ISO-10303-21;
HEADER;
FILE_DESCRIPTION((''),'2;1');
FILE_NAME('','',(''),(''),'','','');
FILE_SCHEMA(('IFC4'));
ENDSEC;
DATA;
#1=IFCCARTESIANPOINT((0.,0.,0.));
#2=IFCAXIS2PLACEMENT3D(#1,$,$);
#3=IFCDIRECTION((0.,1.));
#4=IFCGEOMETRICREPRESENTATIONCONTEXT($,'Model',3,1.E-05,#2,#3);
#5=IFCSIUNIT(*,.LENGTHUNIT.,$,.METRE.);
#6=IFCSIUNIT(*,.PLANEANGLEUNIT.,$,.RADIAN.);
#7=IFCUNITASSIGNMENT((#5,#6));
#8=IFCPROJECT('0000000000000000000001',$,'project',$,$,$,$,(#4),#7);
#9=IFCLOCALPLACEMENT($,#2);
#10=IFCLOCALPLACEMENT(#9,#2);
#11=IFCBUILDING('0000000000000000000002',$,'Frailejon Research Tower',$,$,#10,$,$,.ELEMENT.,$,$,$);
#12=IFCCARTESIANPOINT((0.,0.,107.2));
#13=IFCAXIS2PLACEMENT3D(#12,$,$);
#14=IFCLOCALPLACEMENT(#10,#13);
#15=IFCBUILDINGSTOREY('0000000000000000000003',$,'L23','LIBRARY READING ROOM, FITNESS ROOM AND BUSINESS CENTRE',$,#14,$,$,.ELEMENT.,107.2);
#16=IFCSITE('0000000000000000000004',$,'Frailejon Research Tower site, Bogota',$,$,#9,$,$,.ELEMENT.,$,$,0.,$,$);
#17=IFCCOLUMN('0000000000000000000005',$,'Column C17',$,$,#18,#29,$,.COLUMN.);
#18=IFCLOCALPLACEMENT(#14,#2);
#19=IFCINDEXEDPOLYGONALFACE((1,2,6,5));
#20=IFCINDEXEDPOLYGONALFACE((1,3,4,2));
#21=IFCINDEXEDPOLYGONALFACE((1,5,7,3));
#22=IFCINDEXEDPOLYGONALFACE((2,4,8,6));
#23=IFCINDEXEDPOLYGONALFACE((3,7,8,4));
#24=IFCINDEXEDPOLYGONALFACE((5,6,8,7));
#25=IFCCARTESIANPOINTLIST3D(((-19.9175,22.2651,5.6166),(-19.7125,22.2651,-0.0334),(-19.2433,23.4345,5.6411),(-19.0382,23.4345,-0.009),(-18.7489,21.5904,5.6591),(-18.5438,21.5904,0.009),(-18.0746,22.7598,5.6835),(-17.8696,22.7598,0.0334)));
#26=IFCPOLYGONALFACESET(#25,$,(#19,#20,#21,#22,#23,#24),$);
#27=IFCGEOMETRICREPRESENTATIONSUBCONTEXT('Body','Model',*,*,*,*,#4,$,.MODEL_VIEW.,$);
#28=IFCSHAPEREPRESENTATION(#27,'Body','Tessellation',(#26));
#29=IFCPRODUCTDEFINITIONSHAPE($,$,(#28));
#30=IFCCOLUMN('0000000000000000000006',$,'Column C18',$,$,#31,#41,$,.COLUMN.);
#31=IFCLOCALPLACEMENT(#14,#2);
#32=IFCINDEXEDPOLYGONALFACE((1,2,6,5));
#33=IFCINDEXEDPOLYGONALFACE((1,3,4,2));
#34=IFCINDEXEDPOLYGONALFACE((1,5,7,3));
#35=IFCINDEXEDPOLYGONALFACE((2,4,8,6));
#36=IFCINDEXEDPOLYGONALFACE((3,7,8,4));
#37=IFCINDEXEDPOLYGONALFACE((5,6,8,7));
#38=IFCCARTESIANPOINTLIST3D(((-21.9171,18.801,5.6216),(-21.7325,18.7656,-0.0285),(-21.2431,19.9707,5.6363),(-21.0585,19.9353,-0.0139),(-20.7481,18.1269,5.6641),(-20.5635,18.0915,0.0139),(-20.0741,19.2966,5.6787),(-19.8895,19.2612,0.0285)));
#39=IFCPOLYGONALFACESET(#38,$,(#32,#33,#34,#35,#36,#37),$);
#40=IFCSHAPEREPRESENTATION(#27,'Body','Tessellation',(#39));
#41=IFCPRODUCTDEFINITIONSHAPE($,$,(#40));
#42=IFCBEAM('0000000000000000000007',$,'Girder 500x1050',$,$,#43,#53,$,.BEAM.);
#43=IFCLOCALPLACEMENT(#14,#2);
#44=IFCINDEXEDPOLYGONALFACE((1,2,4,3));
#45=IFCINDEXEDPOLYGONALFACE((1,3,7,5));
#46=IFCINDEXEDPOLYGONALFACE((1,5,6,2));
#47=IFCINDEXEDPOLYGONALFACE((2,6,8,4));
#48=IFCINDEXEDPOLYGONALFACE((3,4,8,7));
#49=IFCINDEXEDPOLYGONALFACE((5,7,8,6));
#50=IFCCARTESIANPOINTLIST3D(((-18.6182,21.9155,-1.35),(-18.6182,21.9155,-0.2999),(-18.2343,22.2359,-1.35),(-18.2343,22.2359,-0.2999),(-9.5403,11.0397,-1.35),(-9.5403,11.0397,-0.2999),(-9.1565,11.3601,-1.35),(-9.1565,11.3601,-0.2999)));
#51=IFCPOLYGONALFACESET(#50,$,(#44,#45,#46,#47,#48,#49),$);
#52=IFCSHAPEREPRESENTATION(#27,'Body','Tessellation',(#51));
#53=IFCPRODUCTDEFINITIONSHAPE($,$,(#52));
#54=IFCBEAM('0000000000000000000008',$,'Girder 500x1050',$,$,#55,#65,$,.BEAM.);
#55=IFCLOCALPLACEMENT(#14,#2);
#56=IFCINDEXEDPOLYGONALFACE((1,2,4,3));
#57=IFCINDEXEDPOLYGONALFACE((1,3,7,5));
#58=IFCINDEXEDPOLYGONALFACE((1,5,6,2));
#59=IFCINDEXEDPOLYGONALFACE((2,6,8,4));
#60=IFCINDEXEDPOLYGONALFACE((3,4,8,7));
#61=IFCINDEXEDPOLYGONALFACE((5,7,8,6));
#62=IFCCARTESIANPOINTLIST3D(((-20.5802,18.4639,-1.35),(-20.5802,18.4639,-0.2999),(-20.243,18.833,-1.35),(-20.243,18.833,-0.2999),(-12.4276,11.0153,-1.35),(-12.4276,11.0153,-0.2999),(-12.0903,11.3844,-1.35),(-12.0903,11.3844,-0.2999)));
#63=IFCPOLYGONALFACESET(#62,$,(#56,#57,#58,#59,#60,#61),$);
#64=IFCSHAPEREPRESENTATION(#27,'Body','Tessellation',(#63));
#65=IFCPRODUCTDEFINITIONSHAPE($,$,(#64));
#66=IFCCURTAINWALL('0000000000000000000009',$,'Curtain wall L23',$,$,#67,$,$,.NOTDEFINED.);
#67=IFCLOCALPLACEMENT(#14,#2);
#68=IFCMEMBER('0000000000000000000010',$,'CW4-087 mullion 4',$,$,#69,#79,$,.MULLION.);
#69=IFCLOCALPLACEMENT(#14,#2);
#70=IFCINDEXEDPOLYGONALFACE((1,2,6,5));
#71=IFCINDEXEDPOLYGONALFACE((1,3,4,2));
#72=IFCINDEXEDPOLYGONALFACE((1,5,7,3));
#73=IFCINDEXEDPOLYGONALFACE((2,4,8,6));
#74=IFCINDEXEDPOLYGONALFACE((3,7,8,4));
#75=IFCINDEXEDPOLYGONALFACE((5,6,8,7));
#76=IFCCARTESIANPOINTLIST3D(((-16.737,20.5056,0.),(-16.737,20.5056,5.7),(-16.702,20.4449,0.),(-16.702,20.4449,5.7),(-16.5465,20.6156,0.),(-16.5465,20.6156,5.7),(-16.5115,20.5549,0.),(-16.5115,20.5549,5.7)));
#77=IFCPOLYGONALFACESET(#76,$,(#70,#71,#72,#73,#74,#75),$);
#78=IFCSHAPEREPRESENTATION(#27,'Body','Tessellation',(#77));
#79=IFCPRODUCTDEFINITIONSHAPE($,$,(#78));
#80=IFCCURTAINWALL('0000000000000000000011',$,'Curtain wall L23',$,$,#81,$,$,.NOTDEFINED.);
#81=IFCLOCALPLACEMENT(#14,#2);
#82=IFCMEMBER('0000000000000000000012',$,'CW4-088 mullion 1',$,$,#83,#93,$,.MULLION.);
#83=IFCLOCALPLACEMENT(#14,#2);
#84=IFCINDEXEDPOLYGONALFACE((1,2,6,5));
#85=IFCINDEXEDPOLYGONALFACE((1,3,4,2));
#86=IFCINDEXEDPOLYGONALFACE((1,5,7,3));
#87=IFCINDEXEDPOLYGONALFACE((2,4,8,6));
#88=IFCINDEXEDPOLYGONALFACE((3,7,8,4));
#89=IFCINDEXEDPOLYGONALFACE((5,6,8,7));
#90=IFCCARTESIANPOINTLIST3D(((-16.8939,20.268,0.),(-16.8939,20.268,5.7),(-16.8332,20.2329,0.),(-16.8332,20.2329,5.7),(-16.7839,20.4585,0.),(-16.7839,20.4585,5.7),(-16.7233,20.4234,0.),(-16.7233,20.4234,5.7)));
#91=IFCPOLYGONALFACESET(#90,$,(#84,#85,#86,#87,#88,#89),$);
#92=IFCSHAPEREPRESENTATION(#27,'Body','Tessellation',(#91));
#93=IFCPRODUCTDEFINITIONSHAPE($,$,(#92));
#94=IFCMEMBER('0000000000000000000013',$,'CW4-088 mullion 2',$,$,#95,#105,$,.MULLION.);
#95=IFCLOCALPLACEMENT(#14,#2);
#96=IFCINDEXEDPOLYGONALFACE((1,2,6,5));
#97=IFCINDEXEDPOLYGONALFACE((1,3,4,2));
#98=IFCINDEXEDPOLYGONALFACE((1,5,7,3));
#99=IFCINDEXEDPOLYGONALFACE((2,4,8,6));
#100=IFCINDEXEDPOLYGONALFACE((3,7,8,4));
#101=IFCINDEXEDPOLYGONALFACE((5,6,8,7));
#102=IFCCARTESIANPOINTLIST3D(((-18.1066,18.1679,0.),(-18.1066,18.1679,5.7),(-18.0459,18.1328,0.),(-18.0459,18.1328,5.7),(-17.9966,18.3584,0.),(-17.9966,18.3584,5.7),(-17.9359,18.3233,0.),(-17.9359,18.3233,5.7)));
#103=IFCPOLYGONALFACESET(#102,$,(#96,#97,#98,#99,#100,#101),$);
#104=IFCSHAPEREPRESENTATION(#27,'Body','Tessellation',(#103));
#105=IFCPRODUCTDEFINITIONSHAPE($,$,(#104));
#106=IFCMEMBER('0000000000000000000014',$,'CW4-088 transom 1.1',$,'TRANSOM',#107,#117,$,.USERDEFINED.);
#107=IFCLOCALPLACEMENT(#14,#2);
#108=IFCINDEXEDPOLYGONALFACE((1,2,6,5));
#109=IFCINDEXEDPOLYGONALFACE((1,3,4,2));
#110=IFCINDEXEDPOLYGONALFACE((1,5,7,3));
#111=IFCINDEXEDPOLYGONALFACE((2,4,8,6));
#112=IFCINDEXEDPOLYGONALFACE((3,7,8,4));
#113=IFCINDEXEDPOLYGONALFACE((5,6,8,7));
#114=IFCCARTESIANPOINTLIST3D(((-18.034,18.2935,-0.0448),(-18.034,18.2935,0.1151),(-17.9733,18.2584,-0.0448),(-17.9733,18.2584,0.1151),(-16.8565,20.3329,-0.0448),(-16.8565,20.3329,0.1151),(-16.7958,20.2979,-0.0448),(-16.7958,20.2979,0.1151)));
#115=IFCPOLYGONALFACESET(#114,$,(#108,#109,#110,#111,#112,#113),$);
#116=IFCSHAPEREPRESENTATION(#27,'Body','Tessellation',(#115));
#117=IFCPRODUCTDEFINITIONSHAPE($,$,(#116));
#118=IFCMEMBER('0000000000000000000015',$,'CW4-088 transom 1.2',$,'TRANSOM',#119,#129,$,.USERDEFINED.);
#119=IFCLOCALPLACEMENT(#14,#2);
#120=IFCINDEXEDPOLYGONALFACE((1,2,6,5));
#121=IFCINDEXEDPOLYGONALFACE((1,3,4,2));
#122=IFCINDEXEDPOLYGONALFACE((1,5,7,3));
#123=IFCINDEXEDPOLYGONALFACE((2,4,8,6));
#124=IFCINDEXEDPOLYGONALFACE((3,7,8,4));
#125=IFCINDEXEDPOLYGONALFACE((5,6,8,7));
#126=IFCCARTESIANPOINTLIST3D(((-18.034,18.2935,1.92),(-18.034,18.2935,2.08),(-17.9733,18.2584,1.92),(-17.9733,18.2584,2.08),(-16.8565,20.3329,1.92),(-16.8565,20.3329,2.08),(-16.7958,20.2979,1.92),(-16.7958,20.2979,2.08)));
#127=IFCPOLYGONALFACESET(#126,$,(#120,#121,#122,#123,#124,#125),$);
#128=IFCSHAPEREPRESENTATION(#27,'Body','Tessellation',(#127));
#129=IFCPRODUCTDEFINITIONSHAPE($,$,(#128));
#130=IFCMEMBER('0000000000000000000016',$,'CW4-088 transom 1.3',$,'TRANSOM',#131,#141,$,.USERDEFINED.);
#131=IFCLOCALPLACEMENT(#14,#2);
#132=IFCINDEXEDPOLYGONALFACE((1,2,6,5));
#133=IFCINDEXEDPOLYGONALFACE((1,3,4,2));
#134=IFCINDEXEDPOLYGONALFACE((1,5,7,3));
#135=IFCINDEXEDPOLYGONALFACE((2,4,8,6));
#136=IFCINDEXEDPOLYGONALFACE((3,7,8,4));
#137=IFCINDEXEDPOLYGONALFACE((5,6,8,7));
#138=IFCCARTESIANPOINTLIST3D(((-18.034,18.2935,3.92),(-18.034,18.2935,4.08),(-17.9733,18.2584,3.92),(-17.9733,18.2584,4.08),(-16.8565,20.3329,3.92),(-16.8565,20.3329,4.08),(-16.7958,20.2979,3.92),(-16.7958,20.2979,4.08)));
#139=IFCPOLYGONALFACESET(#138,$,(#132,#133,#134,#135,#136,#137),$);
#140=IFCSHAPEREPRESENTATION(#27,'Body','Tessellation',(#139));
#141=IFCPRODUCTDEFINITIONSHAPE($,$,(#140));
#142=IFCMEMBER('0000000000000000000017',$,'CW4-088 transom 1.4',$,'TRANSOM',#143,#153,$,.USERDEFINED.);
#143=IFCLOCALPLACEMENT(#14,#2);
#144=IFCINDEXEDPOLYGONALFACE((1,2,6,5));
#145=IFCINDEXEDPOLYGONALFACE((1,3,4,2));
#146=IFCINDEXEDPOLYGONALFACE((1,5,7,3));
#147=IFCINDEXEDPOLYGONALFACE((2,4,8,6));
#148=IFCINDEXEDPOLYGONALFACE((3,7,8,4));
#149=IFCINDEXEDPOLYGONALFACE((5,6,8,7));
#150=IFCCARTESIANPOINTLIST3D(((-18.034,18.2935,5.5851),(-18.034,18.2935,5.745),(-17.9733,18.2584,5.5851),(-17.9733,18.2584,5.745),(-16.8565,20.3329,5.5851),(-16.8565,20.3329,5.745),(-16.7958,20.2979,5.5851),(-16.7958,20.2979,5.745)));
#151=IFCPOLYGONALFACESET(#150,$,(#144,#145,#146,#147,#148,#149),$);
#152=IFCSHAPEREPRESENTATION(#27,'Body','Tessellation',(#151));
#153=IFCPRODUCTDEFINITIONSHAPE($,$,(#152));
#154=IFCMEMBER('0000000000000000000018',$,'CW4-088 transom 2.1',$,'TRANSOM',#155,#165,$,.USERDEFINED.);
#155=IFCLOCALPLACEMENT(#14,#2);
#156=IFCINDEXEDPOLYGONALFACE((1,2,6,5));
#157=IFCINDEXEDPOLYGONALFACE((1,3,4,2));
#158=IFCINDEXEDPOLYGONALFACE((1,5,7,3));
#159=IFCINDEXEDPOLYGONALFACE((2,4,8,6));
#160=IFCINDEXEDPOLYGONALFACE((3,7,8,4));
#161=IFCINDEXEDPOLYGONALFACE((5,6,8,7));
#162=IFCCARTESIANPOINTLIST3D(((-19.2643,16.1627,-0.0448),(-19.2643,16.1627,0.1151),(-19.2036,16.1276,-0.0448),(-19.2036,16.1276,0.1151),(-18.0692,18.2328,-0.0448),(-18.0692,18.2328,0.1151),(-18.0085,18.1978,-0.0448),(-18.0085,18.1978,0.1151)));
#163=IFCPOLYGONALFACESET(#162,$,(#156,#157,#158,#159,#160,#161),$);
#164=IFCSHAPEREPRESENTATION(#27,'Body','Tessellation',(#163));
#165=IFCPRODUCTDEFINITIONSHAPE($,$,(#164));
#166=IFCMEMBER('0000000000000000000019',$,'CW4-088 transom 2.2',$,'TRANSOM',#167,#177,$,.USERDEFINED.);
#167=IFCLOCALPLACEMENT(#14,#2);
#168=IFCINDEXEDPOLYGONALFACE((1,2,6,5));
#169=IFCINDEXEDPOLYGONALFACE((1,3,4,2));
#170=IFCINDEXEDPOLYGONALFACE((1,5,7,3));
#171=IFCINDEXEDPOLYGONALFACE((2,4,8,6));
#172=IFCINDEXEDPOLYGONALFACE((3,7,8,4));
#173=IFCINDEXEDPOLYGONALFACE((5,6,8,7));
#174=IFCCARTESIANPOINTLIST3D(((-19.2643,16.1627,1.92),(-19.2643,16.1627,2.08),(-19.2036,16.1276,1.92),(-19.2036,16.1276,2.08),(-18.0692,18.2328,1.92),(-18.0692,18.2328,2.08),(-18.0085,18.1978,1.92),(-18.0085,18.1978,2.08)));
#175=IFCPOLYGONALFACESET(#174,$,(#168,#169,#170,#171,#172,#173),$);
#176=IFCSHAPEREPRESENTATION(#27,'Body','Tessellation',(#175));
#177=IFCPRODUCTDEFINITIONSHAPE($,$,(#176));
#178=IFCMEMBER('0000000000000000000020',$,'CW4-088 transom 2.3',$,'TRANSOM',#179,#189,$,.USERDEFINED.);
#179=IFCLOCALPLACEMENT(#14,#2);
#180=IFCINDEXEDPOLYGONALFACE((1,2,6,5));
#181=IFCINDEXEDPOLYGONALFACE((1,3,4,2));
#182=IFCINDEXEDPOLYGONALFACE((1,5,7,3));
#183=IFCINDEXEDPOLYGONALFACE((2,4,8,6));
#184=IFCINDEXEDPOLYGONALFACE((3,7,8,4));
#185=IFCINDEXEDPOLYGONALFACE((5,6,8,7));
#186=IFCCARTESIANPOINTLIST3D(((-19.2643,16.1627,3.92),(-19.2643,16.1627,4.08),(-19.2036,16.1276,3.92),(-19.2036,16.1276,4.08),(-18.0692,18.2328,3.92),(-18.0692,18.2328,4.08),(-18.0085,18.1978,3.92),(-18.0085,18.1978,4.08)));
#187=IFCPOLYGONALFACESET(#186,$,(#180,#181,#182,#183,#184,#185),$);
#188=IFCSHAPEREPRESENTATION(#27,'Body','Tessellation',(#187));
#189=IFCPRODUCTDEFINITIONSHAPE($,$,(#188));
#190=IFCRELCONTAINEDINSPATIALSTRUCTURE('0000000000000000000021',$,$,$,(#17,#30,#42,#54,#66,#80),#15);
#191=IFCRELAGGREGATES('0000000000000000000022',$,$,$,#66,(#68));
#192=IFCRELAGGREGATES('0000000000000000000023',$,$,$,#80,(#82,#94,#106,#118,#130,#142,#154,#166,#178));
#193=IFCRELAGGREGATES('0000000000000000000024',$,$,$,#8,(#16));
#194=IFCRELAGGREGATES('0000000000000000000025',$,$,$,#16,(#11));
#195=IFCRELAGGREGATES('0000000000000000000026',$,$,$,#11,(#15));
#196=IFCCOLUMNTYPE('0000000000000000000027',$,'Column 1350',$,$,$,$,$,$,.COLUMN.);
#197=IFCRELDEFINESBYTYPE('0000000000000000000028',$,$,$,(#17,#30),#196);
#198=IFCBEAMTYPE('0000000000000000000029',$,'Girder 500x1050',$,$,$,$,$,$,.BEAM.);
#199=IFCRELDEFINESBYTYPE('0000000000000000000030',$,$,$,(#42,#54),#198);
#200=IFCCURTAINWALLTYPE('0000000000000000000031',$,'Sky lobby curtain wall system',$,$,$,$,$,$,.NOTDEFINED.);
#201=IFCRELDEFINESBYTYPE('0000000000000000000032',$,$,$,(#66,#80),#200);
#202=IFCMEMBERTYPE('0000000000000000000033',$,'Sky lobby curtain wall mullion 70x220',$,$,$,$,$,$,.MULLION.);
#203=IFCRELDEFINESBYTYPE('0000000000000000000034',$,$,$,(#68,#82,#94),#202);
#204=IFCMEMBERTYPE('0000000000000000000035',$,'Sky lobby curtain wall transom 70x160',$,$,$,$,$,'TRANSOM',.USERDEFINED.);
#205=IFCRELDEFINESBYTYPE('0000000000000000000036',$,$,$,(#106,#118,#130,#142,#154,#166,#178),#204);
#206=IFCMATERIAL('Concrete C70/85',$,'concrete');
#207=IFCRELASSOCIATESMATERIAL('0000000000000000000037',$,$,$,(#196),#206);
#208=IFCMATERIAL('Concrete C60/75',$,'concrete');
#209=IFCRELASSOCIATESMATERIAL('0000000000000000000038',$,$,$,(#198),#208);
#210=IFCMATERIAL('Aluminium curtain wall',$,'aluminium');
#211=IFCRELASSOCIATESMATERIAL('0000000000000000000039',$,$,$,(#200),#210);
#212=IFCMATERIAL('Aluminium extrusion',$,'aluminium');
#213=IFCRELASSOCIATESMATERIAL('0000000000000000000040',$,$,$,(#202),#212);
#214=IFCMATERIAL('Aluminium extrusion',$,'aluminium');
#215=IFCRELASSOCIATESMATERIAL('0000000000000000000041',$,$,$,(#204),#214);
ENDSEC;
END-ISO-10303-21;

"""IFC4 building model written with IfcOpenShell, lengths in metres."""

from ifc_helpers import new_model, si_unit, direction, frame, origin, origin_2d, place, context, subcontext, project, spatial, rectangle, extrude, material, material_profile, profile_set, type_object, element, aggregate, save


model = new_model("IFC4")

# Units and contexts
model_context = context("Model", 3, precision=1e-05, world=origin(), true_north=direction((0.0, 1.0)))
body_context = subcontext(model_context, "Body", "Model", "MODEL_VIEW")
ifc_project = project(units=[si_unit("LENGTHUNIT", "METRE"), si_unit("PLANEANGLEUNIT", "RADIAN")], contexts=[model_context])

# Site, building, storey
site_placement = place(None, origin())
site = spatial("IfcSite", under=ifc_project, at=site_placement, Name="Frailejon Research Tower site, Bogota", CompositionType="ELEMENT", RefElevation=0.0)
building_placement = place(site_placement, origin())
building = spatial("IfcBuilding", under=site, at=building_placement, Name="Frailejon Research Tower", CompositionType="ELEMENT")
storey_placement = place(building_placement, frame((0.0, 0.0, 107.2)))
storey = spatial("IfcBuildingStorey", under=building, at=storey_placement, Name="L23", Description="LIBRARY READING ROOM, FITNESS ROOM AND BUSINESS CENTRE", CompositionType="ELEMENT", Elevation=107.2)

# Columns
ifc_material_1 = material(Name="Concrete C70/85", Category="concrete")
ifc_material_profile_1 = material_profile(ifc_material_1, rectangle(XDim=1.3501, YDim=1.3501, at=origin_2d()), Name="Column 1350")
ifc_profile_set_1 = profile_set([ifc_material_profile_1], Name="Concrete C70/85")
column_type = type_object("IfcColumnType", Name="Column 1350", PredefinedType="COLUMN", material=ifc_profile_set_1)
column_1_placement = place(storey_placement, frame((-18.791, 22.5125, 0.0), z_axis=(-0.036272, 0.0, 0.999342), x_axis=(-0.499425, -0.866168, -0.018127)))
element("IfcColumn", 1, at=column_1_placement, inside=storey, type_object=column_type, Name="Column C17", PredefinedType="COLUMN", context=body_context, shape_type="SweptSolid", body=[
    extrude(rectangle(XDim=1.3501, YDim=1.3501, at=origin_2d()), origin(), (0.0, 0.0, 1.0), 5.6538),
])
column_2_placement = place(storey_placement, frame((-20.811, 19.0134, 0.0), z_axis=(-0.032648, 0.006262, 0.999447), x_axis=(-0.499216, -0.866409, -0.010879)))
element("IfcColumn", 2, at=column_2_placement, inside=storey, type_object=column_type, Name="Column C18", PredefinedType="COLUMN", context=body_context, shape_type="SweptSolid", body=[
    extrude(rectangle(XDim=1.3501, YDim=1.3501, at=origin_2d()), origin(), (0.0, 0.0, 1.0), 5.6533),
])

# Beams
ifc_material_2 = material(Name="Concrete C60/75", Category="concrete")
ifc_material_profile_2 = material_profile(ifc_material_2, rectangle(XDim=0.5, YDim=1.05, at=origin_2d()), Name="Girder 500x1050")
ifc_profile_set_2 = profile_set([ifc_material_profile_2], Name="Concrete C60/75")
beam_type_1 = type_object("IfcBeamType", Name="Girder 500x1050", PredefinedType="BEAM", material=ifc_profile_set_2)
beam_1_placement = place(storey_placement, frame((-18.4263, 22.0757, -0.825), z_axis=(0.6408, -0.767708, 0.0), x_axis=(0.767708, 0.6408, 0.0)))
element("IfcBeam", 3, at=beam_1_placement, inside=storey, type_object=beam_type_1, Name="Girder 500x1050", PredefinedType="BEAM", context=body_context, shape_type="SweptSolid", body=[
    extrude(rectangle(XDim=0.5, YDim=1.05, at=origin_2d()), origin(), (0.0, 0.0, 1.0), 14.1665),
])
beam_2_placement = place(storey_placement, frame((-20.4116, 18.6484, -0.825), z_axis=(0.738268, -0.674507, 0.0), x_axis=(0.674507, 0.738268, 0.0)))
element("IfcBeam", 4, at=beam_2_placement, inside=storey, type_object=beam_type_1, Name="Girder 500x1050", PredefinedType="BEAM", context=body_context, shape_type="SweptSolid", body=[
    extrude(rectangle(XDim=0.5, YDim=1.05, at=origin_2d()), origin(), (0.0, 0.0, 1.0), 11.043),
])

# Curtain wall, member
ifc_material_3 = material(Name="Aluminium curtain wall", Category="aluminium")
curtain_wall_type = type_object("IfcCurtainWallType", Name="Sky lobby curtain wall system", PredefinedType="NOTDEFINED", material=ifc_material_3)
curtain_wall_1_placement = place(storey_placement, origin())
curtain_wall_1 = element("IfcCurtainWall", 5, at=curtain_wall_1_placement, inside=storey, type_object=curtain_wall_type, Name="Curtain wall L23", PredefinedType="NOTDEFINED")
ifc_material_4 = material(Name="Aluminium extrusion", Category="aluminium")
ifc_material_profile_3 = material_profile(ifc_material_4, rectangle(XDim=0.0701, YDim=0.22, at=origin_2d()), Name="Sky lobby curtain wall mullion 70x220")
ifc_profile_set_3 = profile_set([ifc_material_profile_3], Name="Aluminium extrusion")
member_type_1 = type_object("IfcMemberType", Name="Sky lobby curtain wall mullion 70x220", PredefinedType="MULLION", material=ifc_profile_set_3)
member_1_placement = place(storey_placement, frame((-16.6243, 20.5303, 0.0), z_axis=(0.0, 0.0, 1.0), x_axis=(0.499998, -0.866026, 0.0)))
member_1 = element("IfcMember", 6, at=member_1_placement, type_object=member_type_1, Name="CW4-087 mullion 4", PredefinedType="MULLION", context=body_context, shape_type="SweptSolid", body=[
    extrude(rectangle(XDim=0.0701, YDim=0.22, at=origin_2d()), origin(), (0.0, 0.0, 1.0), 5.7),
])
aggregate(curtain_wall_1, [member_1])

# Curtain wall, members
curtain_wall_2_placement = place(storey_placement, origin())
curtain_wall_2 = element("IfcCurtainWall", 7, at=curtain_wall_2_placement, inside=storey, type_object=curtain_wall_type, Name="Curtain wall L23", PredefinedType="NOTDEFINED")
member_2_placement = place(storey_placement, frame((-16.8086, 20.3457, 0.0), z_axis=(0.0, 0.0, 1.0), x_axis=(0.866028, -0.499995, 0.0)))
member_2 = element("IfcMember", 8, at=member_2_placement, type_object=member_type_1, Name="CW4-088 mullion 1", PredefinedType="MULLION", context=body_context, shape_type="SweptSolid", body=[
    extrude(rectangle(XDim=0.0701, YDim=0.22, at=origin_2d()), origin(), (0.0, 0.0, 1.0), 5.7),
])
member_3_placement = place(storey_placement, frame((-18.0212, 18.2456, 0.0), z_axis=(0.0, 0.0, 1.0), x_axis=(0.866028, -0.499995, 0.0)))
member_3 = element("IfcMember", 9, at=member_3_placement, type_object=member_type_1, Name="CW4-088 mullion 2", PredefinedType="MULLION", context=body_context, shape_type="SweptSolid", body=[
    extrude(rectangle(XDim=0.0701, YDim=0.22, at=origin_2d()), origin(), (0.0, 0.0, 1.0), 5.7),
])
ifc_material_5 = material(Name="Aluminium extrusion", Category="aluminium")
ifc_material_profile_4 = material_profile(ifc_material_5, rectangle(XDim=0.0701, YDim=0.1599, at=origin_2d()), Name="Sky lobby curtain wall transom 70x160")
ifc_profile_set_4 = profile_set([ifc_material_profile_4], Name="Aluminium extrusion")
member_type_2 = type_object("IfcMemberType", Name="Sky lobby curtain wall transom 70x160", ElementType="TRANSOM", PredefinedType="USERDEFINED", material=ifc_profile_set_4)
member_4_placement = place(storey_placement, frame((-16.8262, 20.3154, 0.0352), z_axis=(-0.499986, -0.866034, 0.0), x_axis=(0.866034, -0.499986, 0.0)))
member_4 = element("IfcMember", 10, at=member_4_placement, type_object=member_type_2, Name="CW4-088 transom 1.1", ObjectType="TRANSOM", PredefinedType="USERDEFINED", context=body_context, shape_type="SweptSolid", body=[
    extrude(rectangle(XDim=0.0701, YDim=0.1599, at=origin_2d()), origin(), (0.0, 0.0, 1.0), 2.355),
])
member_5_placement = place(storey_placement, frame((-16.8262, 20.3154, 2.0), z_axis=(-0.499986, -0.866034, 0.0), x_axis=(0.866034, -0.499986, 0.0)))
member_5 = element("IfcMember", 11, at=member_5_placement, type_object=member_type_2, Name="CW4-088 transom 1.2", ObjectType="TRANSOM", PredefinedType="USERDEFINED", context=body_context, shape_type="SweptSolid", body=[
    extrude(rectangle(XDim=0.0701, YDim=0.1599, at=origin_2d()), origin(), (0.0, 0.0, 1.0), 2.355),
])
member_6_placement = place(storey_placement, frame((-16.8262, 20.3154, 4.0), z_axis=(-0.499986, -0.866034, 0.0), x_axis=(0.866034, -0.499986, 0.0)))
member_6 = element("IfcMember", 12, at=member_6_placement, type_object=member_type_2, Name="CW4-088 transom 1.3", ObjectType="TRANSOM", PredefinedType="USERDEFINED", context=body_context, shape_type="SweptSolid", body=[
    extrude(rectangle(XDim=0.0701, YDim=0.1599, at=origin_2d()), origin(), (0.0, 0.0, 1.0), 2.355),
])
member_7_placement = place(storey_placement, frame((-16.8262, 20.3154, 5.665), z_axis=(-0.499986, -0.866034, 0.0), x_axis=(0.866034, -0.499986, 0.0)))
member_7 = element("IfcMember", 13, at=member_7_placement, type_object=member_type_2, Name="CW4-088 transom 1.4", ObjectType="TRANSOM", PredefinedType="USERDEFINED", context=body_context, shape_type="SweptSolid", body=[
    extrude(rectangle(XDim=0.0701, YDim=0.1599, at=origin_2d()), origin(), (0.0, 0.0, 1.0), 2.355),
])
member_8_placement = place(storey_placement, frame((-18.0388, 18.2153, 0.0352), z_axis=(-0.499973, -0.866041, 0.0), x_axis=(0.866041, -0.499973, 0.0)))
member_8 = element("IfcMember", 14, at=member_8_placement, type_object=member_type_2, Name="CW4-088 transom 2.1", ObjectType="TRANSOM", PredefinedType="USERDEFINED", context=body_context, shape_type="SweptSolid", body=[
    extrude(rectangle(XDim=0.0701, YDim=0.1599, at=origin_2d()), origin(), (0.0, 0.0, 1.0), 2.3904),
])
member_9_placement = place(storey_placement, frame((-18.0388, 18.2153, 2.0), z_axis=(-0.499973, -0.866041, 0.0), x_axis=(0.866041, -0.499973, 0.0)))
member_9 = element("IfcMember", 15, at=member_9_placement, type_object=member_type_2, Name="CW4-088 transom 2.2", ObjectType="TRANSOM", PredefinedType="USERDEFINED", context=body_context, shape_type="SweptSolid", body=[
    extrude(rectangle(XDim=0.0701, YDim=0.1599, at=origin_2d()), origin(), (0.0, 0.0, 1.0), 2.3904),
])
member_10_placement = place(storey_placement, frame((-18.0388, 18.2153, 4.0), z_axis=(-0.499973, -0.866041, 0.0), x_axis=(0.866041, -0.499973, 0.0)))
member_10 = element("IfcMember", 16, at=member_10_placement, type_object=member_type_2, Name="CW4-088 transom 2.3", ObjectType="TRANSOM", PredefinedType="USERDEFINED", context=body_context, shape_type="SweptSolid", body=[
    extrude(rectangle(XDim=0.0701, YDim=0.1599, at=origin_2d()), origin(), (0.0, 0.0, 1.0), 2.3904),
])

aggregate(curtain_wall_2, [member_2, member_3, member_4, member_5, member_6, member_7, member_8, member_9, member_10])

save(model, "model.ifc")
